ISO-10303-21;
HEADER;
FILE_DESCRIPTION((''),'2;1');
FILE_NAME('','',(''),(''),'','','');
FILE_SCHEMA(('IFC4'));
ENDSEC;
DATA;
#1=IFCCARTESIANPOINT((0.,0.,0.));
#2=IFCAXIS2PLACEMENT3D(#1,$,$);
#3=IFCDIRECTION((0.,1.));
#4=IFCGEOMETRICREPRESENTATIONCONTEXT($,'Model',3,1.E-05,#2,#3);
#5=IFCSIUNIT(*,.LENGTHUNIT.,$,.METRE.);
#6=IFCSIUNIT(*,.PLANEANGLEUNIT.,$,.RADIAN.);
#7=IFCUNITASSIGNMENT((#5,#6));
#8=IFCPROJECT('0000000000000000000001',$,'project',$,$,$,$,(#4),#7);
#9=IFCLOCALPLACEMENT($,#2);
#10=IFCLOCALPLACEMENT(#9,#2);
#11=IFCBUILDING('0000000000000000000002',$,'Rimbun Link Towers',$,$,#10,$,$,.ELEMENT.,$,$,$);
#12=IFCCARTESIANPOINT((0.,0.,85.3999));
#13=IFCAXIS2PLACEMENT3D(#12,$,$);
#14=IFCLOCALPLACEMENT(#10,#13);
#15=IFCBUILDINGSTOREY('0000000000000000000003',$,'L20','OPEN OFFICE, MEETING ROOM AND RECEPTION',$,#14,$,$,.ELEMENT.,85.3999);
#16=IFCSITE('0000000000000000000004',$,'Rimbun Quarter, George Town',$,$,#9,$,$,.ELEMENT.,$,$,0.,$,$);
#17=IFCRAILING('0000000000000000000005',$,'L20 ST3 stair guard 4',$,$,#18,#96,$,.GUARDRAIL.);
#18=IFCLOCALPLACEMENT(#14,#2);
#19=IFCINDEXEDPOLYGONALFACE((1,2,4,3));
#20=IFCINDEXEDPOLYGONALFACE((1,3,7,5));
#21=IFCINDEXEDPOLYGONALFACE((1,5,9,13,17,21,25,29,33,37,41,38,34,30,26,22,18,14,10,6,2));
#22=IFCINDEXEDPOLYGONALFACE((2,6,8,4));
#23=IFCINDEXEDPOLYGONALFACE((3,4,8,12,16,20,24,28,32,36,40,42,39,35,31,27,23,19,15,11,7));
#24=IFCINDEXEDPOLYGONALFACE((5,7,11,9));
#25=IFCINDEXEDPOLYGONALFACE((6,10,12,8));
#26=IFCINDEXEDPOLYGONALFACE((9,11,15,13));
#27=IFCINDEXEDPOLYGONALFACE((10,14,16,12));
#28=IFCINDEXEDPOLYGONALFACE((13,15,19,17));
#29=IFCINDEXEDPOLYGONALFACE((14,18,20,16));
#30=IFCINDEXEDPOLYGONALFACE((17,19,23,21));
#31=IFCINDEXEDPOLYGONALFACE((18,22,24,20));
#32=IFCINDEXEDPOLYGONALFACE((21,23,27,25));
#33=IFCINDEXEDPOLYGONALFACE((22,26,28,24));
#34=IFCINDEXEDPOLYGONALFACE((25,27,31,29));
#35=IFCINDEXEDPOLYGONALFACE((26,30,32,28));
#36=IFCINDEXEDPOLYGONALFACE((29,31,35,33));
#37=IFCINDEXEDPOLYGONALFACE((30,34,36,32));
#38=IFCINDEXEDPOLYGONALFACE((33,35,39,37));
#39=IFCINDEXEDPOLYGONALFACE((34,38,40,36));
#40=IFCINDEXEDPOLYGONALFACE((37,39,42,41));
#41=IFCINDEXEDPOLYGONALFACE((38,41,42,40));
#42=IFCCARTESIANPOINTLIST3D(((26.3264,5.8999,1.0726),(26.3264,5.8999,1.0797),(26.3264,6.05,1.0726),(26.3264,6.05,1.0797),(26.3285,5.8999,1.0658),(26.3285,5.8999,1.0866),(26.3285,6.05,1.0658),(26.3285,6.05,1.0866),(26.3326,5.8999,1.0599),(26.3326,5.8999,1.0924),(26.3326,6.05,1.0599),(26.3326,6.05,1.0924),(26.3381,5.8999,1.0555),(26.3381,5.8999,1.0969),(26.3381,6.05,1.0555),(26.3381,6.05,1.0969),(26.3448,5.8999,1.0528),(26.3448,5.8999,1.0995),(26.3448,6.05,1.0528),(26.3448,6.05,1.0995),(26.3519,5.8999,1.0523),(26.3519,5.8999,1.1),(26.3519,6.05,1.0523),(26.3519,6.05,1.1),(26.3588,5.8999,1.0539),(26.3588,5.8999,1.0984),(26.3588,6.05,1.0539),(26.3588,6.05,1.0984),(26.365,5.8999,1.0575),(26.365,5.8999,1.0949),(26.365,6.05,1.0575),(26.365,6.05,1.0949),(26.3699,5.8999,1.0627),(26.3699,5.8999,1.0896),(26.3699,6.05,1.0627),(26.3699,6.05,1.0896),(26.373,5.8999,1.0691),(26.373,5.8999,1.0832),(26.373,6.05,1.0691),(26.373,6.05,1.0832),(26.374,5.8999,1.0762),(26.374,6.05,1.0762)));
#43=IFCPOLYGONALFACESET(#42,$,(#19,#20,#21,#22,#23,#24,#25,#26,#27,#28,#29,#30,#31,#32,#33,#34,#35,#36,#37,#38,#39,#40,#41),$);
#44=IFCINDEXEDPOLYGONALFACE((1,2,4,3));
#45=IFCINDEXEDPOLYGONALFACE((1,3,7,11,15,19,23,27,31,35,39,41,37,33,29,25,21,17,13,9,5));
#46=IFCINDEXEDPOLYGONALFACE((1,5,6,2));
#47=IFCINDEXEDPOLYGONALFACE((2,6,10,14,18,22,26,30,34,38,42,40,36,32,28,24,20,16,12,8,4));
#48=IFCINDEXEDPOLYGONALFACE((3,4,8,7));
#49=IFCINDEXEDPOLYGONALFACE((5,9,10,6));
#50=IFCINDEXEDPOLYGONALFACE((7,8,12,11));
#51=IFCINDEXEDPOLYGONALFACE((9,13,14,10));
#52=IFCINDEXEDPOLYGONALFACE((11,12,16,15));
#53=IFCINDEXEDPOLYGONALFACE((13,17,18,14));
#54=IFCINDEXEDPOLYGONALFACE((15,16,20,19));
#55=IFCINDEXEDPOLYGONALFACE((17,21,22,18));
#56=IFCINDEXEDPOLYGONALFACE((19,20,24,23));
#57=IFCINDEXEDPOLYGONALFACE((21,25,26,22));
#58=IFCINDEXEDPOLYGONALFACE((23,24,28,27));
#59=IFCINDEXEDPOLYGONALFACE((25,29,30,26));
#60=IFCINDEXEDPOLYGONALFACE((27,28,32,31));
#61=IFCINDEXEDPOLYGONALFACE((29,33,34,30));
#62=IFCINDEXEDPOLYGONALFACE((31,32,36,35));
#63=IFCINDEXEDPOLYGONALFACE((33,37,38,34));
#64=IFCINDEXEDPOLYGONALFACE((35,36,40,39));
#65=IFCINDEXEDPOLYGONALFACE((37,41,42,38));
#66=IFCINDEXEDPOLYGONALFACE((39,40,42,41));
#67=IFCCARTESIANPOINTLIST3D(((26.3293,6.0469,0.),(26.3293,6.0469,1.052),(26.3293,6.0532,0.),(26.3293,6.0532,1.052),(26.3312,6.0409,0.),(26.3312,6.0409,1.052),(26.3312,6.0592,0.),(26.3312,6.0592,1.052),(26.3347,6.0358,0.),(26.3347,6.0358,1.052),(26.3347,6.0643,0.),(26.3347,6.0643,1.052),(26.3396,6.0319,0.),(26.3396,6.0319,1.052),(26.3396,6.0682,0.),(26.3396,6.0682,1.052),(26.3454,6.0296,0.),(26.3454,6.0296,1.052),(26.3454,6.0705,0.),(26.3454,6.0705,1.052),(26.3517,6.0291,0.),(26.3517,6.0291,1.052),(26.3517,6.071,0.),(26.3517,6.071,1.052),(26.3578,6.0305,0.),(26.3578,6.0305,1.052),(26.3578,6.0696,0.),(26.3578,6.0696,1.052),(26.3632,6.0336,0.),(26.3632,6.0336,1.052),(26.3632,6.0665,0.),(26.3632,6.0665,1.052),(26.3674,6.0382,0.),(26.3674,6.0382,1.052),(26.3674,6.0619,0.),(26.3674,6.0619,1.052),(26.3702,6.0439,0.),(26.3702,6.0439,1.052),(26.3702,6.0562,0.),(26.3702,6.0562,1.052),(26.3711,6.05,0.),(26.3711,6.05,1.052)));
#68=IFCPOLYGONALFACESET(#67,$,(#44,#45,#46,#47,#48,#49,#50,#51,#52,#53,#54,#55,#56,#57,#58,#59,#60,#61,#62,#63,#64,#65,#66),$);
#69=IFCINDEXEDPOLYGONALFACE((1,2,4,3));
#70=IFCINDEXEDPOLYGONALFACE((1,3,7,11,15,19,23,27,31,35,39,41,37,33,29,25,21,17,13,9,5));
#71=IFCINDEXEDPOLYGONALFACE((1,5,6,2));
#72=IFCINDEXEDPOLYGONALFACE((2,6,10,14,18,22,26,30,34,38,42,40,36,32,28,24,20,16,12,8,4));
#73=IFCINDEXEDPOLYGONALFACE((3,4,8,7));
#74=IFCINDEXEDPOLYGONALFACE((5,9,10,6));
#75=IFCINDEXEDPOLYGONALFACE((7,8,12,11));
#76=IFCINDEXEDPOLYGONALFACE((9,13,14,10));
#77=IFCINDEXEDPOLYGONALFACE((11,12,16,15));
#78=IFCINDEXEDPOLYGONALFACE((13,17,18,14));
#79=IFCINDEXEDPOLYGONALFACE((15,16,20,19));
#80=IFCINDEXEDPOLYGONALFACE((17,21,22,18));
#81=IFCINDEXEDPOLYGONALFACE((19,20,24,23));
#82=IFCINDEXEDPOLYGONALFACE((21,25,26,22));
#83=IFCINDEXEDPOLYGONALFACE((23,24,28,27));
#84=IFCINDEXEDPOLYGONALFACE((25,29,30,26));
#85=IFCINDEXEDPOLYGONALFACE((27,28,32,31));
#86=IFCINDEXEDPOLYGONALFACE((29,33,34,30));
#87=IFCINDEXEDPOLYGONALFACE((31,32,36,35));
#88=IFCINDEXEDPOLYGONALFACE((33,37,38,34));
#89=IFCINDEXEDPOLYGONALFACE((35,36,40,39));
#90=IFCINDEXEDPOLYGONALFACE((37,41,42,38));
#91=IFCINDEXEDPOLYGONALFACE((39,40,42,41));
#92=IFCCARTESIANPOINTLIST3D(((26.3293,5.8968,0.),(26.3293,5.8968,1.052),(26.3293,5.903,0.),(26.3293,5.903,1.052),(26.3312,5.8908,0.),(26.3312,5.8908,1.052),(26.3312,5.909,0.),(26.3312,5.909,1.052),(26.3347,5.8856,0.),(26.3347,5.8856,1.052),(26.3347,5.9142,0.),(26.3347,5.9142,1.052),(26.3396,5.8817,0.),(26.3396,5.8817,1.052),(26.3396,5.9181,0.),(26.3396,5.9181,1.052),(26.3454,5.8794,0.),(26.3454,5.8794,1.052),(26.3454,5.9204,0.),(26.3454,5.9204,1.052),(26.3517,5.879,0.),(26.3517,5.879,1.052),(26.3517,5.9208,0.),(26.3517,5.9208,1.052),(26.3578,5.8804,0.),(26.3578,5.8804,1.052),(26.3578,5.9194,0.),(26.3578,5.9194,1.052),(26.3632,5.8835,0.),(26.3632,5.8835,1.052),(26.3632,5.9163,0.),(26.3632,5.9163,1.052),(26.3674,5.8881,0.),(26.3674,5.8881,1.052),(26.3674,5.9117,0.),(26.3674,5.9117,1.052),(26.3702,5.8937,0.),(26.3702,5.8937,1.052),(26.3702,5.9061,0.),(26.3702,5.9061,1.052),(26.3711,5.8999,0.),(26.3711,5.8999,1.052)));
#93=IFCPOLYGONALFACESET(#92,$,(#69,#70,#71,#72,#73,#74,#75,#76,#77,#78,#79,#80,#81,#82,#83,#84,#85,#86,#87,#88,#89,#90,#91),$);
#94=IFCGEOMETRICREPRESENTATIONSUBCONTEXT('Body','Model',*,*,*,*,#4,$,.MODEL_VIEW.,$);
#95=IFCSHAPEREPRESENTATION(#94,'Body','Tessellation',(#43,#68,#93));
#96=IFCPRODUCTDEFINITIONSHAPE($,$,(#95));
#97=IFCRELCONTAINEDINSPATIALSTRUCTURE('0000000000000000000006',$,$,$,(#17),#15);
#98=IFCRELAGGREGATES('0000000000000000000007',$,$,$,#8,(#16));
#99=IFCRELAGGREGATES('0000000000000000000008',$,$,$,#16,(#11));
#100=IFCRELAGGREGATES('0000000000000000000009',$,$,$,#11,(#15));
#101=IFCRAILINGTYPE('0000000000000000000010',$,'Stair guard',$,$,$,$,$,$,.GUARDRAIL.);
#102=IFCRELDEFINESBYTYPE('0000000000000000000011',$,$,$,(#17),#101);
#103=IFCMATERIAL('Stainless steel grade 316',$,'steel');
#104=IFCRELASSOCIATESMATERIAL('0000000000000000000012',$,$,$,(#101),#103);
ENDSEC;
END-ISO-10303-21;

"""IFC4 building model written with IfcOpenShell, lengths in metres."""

from ifc_helpers import new_model, si_unit, direction, frame, origin, origin_2d, place, context, subcontext, project, spatial, circle, extrude, material, type_object, element, save


model = new_model("IFC4")

# Units and contexts
model_context = context("Model", 3, precision=1e-05, world=origin(), true_north=direction((0.0, 1.0)))
body_context = subcontext(model_context, "Body", "Model", "MODEL_VIEW")
ifc_project = project(units=[si_unit("LENGTHUNIT", "METRE"), si_unit("PLANEANGLEUNIT", "RADIAN")], contexts=[model_context])

# Site, building, storey
site_placement = place(None, origin())
site = spatial("IfcSite", under=ifc_project, at=site_placement, Name="Rimbun Quarter, George Town", CompositionType="ELEMENT", RefElevation=0.0)
building_placement = place(site_placement, origin())
building = spatial("IfcBuilding", under=site, at=building_placement, Name="Rimbun Link Towers", CompositionType="ELEMENT")
storey_placement = place(building_placement, frame((0.0, 0.0, 85.3999)))
storey = spatial("IfcBuildingStorey", under=building, at=storey_placement, Name="L20", Description="OPEN OFFICE, MEETING ROOM AND RECEPTION", CompositionType="ELEMENT", Elevation=85.3999)

# Railing
ifc_material_1 = material(Name="Stainless steel grade 316", Category="steel")
railing_type_1 = type_object("IfcRailingType", Name="Stair guard", PredefinedType="GUARDRAIL", material=ifc_material_1)
railing_1_placement = place(storey_placement, frame((26.3501, 6.05, 0.0)))
element("IfcRailing", 1, at=railing_1_placement, inside=storey, type_object=railing_type_1, Name="L20 ST3 stair guard 4", PredefinedType="GUARDRAIL", context=body_context, shape_type="SweptSolid", body=[
    extrude(circle(Radius=0.0239, at=origin_2d()), frame((0.0, 0.0, 1.0762), z_axis=(0.0, -1.0, 0.0), x_axis=(1.0, 0.0, 0.0)), (0.0, 0.0, 1.0), 0.1501),
    extrude(circle(Radius=0.021, at=origin_2d()), origin(), (0.0, 0.0, 1.0), 1.052),
    extrude(circle(Radius=0.021, at=origin_2d()), frame((0.0, -0.1501, 0.0)), (0.0, 0.0, 1.0), 1.052),
])

save(model, "model.ifc")
